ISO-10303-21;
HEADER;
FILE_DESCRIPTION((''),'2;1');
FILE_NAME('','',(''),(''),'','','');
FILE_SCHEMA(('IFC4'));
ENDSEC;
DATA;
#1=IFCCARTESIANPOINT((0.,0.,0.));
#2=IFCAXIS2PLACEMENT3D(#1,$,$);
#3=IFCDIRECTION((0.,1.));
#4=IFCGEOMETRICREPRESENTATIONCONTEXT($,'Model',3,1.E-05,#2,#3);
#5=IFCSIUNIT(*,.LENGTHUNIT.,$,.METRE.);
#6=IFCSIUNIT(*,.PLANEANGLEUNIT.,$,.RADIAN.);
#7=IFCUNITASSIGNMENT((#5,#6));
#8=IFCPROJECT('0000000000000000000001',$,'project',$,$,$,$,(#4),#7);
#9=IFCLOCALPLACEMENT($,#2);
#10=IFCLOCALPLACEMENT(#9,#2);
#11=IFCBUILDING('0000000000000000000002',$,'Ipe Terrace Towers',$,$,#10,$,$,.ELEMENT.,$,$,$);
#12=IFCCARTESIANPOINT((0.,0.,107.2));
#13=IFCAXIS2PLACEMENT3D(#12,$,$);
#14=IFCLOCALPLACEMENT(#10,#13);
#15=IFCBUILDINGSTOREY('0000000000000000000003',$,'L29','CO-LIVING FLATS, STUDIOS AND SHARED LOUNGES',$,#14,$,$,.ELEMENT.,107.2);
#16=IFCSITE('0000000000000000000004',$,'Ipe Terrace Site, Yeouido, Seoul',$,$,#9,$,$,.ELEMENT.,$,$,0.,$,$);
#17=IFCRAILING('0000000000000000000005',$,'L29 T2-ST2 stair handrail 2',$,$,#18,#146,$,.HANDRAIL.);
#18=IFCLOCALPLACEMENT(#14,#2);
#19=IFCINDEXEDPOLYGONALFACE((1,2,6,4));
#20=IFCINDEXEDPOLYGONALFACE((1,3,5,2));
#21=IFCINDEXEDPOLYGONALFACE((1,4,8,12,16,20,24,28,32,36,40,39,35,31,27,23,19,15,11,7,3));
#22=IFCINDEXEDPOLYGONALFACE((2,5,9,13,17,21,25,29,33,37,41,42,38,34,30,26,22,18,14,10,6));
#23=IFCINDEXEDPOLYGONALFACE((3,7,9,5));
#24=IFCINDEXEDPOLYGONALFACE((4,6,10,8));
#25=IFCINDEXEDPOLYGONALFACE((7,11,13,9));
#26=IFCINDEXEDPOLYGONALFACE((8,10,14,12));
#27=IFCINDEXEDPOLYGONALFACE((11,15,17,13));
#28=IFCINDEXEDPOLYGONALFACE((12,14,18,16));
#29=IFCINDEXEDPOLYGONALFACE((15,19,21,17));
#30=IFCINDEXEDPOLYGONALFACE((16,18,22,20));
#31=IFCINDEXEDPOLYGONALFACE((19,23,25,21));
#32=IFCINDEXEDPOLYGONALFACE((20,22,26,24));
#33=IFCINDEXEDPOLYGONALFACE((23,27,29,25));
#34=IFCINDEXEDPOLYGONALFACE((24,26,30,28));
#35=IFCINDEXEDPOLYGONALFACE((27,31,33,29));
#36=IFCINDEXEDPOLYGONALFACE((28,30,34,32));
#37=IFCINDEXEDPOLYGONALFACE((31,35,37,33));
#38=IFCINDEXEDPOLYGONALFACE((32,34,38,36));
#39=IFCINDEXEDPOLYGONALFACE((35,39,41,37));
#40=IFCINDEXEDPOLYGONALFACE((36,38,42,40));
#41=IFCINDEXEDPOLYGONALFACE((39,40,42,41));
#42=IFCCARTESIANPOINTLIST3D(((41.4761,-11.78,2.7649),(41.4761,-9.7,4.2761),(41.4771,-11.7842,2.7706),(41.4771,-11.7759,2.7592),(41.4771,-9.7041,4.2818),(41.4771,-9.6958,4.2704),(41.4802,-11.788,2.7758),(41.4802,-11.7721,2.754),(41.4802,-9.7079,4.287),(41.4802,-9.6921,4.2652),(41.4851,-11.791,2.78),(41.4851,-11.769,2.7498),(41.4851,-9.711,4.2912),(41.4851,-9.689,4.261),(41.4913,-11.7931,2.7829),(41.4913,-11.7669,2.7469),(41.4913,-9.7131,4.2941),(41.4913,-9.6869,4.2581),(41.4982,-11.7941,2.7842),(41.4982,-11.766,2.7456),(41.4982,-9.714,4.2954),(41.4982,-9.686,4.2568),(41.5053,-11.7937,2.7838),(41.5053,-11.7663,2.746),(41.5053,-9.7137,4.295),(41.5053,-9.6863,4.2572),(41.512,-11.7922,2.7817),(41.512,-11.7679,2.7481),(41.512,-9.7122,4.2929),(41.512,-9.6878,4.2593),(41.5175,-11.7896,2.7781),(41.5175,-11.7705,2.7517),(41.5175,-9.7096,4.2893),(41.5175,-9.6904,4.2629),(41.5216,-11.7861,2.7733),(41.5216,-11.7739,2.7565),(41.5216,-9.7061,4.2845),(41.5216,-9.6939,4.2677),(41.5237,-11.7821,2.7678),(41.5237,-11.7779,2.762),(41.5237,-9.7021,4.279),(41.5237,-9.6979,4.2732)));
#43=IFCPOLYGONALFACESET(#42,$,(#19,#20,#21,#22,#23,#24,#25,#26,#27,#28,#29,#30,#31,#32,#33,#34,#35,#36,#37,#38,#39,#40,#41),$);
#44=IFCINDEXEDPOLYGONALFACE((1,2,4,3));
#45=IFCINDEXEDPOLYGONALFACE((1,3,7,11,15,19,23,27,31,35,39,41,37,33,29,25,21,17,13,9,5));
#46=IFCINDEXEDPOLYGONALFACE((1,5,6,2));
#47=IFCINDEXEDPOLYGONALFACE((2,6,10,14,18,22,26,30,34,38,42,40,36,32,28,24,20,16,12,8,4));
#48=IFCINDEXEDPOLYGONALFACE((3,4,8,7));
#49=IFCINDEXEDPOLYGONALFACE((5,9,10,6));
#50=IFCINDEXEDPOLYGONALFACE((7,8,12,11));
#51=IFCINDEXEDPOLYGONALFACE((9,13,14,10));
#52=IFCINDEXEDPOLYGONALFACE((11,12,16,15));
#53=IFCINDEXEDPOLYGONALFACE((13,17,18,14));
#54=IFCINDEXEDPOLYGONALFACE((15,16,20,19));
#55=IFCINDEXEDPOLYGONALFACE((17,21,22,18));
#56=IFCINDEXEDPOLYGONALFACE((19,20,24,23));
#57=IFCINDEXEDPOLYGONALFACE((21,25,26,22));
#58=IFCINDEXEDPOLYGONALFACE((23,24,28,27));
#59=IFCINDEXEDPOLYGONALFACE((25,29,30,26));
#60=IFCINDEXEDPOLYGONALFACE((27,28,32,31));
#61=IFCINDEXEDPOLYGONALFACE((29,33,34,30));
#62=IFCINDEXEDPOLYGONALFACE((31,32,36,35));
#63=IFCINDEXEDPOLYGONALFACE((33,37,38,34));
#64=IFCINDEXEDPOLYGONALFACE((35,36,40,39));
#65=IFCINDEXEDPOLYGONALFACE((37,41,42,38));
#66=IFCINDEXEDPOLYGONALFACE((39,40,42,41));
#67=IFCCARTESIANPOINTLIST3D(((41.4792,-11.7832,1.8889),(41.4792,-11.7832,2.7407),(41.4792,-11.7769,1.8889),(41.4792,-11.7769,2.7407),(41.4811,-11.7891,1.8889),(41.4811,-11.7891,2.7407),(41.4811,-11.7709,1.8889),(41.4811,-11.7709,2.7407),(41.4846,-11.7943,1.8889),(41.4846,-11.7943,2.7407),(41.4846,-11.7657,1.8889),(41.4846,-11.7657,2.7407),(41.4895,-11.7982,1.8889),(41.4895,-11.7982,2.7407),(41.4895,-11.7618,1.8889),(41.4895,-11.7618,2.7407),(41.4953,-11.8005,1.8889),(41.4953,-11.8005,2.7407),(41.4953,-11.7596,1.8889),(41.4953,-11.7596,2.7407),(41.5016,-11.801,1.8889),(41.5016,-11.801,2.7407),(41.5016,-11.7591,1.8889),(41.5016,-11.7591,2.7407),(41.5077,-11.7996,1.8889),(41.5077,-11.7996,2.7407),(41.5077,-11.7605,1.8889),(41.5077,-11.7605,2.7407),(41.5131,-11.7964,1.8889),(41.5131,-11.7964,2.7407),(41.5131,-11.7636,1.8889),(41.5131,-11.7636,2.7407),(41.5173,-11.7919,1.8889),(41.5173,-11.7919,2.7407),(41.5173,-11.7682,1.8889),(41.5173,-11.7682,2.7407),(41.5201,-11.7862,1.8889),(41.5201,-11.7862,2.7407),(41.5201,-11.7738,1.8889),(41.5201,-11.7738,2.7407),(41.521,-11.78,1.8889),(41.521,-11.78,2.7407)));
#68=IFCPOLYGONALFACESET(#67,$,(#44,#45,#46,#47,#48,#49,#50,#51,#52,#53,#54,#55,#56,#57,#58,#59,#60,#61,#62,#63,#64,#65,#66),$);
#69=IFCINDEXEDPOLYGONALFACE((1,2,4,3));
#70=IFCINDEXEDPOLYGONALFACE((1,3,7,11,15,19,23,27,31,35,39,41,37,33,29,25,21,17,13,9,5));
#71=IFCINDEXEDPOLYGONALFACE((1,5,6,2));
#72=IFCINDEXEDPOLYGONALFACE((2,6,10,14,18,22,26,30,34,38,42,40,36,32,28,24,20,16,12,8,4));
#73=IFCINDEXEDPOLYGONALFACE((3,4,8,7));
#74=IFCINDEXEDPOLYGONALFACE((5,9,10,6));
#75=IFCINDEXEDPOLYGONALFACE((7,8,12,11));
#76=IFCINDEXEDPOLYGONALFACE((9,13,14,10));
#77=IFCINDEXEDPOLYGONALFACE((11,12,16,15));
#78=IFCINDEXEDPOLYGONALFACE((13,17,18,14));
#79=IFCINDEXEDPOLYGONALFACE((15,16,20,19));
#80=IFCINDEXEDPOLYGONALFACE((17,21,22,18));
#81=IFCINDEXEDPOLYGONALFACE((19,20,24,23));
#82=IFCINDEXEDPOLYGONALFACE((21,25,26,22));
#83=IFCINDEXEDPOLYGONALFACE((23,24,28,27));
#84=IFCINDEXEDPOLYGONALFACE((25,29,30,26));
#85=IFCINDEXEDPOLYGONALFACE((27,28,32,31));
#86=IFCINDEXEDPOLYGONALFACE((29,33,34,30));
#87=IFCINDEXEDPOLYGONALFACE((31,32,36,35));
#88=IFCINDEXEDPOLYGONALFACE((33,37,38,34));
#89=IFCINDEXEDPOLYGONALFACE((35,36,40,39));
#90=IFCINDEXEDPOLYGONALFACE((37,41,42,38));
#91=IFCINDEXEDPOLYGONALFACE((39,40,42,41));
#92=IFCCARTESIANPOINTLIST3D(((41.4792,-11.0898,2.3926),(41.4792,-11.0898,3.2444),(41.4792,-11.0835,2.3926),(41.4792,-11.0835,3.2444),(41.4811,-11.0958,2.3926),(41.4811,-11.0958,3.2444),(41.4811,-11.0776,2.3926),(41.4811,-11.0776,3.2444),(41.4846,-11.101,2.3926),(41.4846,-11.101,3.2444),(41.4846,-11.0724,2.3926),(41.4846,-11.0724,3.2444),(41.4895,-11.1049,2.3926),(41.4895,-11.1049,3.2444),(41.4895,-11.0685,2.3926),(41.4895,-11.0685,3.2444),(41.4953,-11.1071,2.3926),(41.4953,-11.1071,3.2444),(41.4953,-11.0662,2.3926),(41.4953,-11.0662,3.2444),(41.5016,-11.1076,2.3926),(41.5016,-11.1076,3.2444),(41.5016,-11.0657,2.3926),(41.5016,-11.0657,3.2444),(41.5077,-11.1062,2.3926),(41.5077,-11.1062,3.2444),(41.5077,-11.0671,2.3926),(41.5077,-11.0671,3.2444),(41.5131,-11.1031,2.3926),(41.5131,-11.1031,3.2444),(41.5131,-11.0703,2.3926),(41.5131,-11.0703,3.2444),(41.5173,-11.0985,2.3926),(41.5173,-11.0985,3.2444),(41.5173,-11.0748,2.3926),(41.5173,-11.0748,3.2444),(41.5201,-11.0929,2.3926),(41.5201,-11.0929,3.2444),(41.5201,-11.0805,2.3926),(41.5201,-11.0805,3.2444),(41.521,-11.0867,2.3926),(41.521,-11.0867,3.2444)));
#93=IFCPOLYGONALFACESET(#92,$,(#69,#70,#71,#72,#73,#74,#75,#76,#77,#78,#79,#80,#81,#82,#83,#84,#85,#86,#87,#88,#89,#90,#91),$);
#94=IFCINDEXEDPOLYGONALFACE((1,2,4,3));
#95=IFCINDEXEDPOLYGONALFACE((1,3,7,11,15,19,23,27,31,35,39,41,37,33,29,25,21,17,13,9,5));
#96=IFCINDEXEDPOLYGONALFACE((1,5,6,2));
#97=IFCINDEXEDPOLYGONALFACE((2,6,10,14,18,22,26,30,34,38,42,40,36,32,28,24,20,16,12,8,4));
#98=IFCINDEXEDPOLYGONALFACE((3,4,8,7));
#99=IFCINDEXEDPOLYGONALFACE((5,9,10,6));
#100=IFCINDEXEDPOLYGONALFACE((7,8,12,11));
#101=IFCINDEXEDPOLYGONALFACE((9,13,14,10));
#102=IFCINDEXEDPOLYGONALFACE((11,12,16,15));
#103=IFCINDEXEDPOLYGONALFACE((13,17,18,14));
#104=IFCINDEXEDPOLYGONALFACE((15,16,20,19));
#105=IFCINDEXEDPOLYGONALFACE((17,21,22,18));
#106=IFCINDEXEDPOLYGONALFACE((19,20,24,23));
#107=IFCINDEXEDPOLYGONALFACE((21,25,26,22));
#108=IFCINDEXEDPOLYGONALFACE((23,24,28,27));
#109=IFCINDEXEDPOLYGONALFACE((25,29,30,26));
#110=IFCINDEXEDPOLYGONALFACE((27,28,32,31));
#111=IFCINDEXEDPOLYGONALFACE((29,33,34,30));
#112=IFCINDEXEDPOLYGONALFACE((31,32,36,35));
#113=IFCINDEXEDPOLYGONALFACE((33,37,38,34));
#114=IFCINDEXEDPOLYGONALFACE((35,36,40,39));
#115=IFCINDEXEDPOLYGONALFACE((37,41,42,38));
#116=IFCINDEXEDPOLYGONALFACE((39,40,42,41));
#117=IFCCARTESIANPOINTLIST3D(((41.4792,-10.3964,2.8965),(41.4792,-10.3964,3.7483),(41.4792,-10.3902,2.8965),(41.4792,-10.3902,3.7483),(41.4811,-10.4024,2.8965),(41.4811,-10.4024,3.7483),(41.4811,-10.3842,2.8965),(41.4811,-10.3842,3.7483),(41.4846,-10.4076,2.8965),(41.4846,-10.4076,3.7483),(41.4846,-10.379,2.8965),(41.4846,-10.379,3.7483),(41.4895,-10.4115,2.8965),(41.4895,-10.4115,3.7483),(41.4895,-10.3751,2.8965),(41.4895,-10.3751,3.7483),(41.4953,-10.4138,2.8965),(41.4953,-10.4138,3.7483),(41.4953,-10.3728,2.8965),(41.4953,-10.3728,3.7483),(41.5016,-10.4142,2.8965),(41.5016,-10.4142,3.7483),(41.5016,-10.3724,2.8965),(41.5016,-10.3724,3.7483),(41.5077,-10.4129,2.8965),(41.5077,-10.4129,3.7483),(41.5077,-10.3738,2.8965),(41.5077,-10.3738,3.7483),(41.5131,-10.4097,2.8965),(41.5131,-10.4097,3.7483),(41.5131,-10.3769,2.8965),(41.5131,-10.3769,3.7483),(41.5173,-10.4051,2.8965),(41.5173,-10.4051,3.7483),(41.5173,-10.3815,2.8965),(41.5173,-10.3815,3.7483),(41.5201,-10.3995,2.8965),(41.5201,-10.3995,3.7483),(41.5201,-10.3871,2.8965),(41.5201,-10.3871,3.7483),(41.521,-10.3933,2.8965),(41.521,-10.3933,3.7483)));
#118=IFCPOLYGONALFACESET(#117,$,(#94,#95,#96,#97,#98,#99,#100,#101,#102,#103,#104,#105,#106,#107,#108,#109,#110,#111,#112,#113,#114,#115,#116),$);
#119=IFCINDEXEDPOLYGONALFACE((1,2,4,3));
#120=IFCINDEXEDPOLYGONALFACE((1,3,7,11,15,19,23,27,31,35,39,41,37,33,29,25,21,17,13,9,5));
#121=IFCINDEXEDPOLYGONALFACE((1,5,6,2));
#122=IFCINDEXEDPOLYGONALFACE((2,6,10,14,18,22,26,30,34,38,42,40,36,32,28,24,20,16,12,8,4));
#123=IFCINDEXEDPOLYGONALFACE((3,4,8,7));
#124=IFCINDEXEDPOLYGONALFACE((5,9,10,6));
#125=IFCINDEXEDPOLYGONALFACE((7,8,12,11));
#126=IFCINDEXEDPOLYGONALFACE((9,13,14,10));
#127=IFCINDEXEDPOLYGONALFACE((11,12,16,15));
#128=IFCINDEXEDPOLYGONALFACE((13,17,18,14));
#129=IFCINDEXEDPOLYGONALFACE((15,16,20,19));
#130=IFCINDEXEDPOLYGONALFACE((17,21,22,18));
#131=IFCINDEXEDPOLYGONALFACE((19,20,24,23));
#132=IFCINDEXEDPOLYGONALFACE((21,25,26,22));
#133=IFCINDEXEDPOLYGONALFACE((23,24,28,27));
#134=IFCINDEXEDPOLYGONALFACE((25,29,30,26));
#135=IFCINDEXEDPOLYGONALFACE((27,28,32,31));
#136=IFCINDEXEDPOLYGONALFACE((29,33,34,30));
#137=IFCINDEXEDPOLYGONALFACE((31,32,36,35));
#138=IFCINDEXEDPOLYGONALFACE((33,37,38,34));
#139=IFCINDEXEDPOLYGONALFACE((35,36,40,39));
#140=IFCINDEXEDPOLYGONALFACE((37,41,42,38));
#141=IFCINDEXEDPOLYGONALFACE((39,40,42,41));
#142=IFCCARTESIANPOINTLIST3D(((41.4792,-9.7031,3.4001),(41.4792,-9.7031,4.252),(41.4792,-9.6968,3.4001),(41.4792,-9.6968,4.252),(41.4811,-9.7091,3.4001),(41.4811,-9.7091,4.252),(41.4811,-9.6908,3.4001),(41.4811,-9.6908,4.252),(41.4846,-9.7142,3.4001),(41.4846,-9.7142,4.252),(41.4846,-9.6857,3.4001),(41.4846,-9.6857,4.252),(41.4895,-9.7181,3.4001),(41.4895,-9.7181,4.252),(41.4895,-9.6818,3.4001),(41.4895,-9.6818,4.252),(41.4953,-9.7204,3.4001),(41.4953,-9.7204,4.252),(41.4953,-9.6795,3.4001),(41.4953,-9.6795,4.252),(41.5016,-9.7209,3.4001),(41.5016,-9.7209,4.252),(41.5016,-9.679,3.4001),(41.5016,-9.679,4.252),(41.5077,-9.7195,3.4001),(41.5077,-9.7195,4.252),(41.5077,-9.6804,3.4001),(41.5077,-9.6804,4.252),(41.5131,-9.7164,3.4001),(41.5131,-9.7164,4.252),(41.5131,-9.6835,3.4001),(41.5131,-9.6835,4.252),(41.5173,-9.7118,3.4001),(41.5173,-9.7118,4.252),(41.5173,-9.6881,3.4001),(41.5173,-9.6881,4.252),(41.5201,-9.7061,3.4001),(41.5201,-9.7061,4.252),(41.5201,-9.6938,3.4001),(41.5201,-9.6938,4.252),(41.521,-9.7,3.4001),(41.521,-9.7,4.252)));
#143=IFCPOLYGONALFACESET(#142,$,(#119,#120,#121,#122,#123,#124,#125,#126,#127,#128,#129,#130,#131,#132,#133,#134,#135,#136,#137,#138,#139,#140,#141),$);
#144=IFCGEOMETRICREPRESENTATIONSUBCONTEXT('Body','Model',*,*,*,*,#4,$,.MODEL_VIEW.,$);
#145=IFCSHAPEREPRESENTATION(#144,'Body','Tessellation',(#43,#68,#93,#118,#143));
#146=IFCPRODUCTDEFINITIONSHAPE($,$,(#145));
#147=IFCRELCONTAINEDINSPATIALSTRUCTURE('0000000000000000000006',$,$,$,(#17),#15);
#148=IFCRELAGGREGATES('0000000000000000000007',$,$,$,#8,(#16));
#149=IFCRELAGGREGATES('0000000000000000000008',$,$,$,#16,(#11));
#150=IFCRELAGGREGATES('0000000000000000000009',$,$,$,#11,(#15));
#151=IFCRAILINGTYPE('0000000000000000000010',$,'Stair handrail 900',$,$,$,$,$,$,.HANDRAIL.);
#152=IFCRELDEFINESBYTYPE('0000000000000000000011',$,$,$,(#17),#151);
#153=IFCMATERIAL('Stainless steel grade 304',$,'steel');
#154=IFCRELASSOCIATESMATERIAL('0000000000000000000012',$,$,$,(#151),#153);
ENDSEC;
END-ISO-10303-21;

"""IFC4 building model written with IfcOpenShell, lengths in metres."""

from ifc_helpers import new_model, si_unit, direction, frame, origin, origin_2d, place, context, subcontext, project, spatial, circle, extrude, material, type_object, element, save


model = new_model("IFC4")

# Units and contexts
model_context = context("Model", 3, precision=1e-05, world=origin(), true_north=direction((0.0, 1.0)))
body_context = subcontext(model_context, "Body", "Model", "MODEL_VIEW")
ifc_project = project(units=[si_unit("LENGTHUNIT", "METRE"), si_unit("PLANEANGLEUNIT", "RADIAN")], contexts=[model_context])

# Site, building, storey
site_placement = place(None, origin())
site = spatial("IfcSite", under=ifc_project, at=site_placement, Name="Ipe Terrace Site, Yeouido, Seoul", CompositionType="ELEMENT", RefElevation=0.0)
building_placement = place(site_placement, origin())
building = spatial("IfcBuilding", under=site, at=building_placement, Name="Ipe Terrace Towers", CompositionType="ELEMENT")
storey_placement = place(building_placement, frame((0.0, 0.0, 107.2)))
storey = spatial("IfcBuildingStorey", under=building, at=storey_placement, Name="L29", Description="CO-LIVING FLATS, STUDIOS AND SHARED LOUNGES", CompositionType="ELEMENT", Elevation=107.2)

# Railing
ifc_material_1 = material(Name="Stainless steel grade 304", Category="steel")
railing_type_1 = type_object("IfcRailingType", Name="Stair handrail 900", PredefinedType="HANDRAIL", material=ifc_material_1)
railing_1_placement = place(storey_placement, frame((41.5, -11.78, 1.8889)))
element("IfcRailing", 1, at=railing_1_placement, inside=storey, type_object=railing_type_1, Name="L29 T2-ST2 stair handrail 2", PredefinedType="HANDRAIL", context=body_context, shape_type="SweptSolid", body=[
    extrude(circle(Radius=0.0239, at=origin_2d()), frame((0.0, 0.0, 0.876), z_axis=(0.0, 0.809023, 0.587776), x_axis=(-1.0, 0.0, 0.0)), (0.0, 0.0, 1.0), 2.571),
    extrude(circle(Radius=0.021, at=origin_2d()), origin(), (0.0, 0.0, 1.0), 0.8518),
    extrude(circle(Radius=0.021, at=origin_2d()), frame((0.0, 0.6934, 0.5037)), (0.0, 0.0, 1.0), 0.8518),
    extrude(circle(Radius=0.021, at=origin_2d()), frame((0.0, 1.3867, 1.0076)), (0.0, 0.0, 1.0), 0.8518),
    extrude(circle(Radius=0.021, at=origin_2d()), frame((0.0, 2.0801, 1.5112)), (0.0, 0.0, 1.0), 0.8518),
])

save(model, "model.ifc")
